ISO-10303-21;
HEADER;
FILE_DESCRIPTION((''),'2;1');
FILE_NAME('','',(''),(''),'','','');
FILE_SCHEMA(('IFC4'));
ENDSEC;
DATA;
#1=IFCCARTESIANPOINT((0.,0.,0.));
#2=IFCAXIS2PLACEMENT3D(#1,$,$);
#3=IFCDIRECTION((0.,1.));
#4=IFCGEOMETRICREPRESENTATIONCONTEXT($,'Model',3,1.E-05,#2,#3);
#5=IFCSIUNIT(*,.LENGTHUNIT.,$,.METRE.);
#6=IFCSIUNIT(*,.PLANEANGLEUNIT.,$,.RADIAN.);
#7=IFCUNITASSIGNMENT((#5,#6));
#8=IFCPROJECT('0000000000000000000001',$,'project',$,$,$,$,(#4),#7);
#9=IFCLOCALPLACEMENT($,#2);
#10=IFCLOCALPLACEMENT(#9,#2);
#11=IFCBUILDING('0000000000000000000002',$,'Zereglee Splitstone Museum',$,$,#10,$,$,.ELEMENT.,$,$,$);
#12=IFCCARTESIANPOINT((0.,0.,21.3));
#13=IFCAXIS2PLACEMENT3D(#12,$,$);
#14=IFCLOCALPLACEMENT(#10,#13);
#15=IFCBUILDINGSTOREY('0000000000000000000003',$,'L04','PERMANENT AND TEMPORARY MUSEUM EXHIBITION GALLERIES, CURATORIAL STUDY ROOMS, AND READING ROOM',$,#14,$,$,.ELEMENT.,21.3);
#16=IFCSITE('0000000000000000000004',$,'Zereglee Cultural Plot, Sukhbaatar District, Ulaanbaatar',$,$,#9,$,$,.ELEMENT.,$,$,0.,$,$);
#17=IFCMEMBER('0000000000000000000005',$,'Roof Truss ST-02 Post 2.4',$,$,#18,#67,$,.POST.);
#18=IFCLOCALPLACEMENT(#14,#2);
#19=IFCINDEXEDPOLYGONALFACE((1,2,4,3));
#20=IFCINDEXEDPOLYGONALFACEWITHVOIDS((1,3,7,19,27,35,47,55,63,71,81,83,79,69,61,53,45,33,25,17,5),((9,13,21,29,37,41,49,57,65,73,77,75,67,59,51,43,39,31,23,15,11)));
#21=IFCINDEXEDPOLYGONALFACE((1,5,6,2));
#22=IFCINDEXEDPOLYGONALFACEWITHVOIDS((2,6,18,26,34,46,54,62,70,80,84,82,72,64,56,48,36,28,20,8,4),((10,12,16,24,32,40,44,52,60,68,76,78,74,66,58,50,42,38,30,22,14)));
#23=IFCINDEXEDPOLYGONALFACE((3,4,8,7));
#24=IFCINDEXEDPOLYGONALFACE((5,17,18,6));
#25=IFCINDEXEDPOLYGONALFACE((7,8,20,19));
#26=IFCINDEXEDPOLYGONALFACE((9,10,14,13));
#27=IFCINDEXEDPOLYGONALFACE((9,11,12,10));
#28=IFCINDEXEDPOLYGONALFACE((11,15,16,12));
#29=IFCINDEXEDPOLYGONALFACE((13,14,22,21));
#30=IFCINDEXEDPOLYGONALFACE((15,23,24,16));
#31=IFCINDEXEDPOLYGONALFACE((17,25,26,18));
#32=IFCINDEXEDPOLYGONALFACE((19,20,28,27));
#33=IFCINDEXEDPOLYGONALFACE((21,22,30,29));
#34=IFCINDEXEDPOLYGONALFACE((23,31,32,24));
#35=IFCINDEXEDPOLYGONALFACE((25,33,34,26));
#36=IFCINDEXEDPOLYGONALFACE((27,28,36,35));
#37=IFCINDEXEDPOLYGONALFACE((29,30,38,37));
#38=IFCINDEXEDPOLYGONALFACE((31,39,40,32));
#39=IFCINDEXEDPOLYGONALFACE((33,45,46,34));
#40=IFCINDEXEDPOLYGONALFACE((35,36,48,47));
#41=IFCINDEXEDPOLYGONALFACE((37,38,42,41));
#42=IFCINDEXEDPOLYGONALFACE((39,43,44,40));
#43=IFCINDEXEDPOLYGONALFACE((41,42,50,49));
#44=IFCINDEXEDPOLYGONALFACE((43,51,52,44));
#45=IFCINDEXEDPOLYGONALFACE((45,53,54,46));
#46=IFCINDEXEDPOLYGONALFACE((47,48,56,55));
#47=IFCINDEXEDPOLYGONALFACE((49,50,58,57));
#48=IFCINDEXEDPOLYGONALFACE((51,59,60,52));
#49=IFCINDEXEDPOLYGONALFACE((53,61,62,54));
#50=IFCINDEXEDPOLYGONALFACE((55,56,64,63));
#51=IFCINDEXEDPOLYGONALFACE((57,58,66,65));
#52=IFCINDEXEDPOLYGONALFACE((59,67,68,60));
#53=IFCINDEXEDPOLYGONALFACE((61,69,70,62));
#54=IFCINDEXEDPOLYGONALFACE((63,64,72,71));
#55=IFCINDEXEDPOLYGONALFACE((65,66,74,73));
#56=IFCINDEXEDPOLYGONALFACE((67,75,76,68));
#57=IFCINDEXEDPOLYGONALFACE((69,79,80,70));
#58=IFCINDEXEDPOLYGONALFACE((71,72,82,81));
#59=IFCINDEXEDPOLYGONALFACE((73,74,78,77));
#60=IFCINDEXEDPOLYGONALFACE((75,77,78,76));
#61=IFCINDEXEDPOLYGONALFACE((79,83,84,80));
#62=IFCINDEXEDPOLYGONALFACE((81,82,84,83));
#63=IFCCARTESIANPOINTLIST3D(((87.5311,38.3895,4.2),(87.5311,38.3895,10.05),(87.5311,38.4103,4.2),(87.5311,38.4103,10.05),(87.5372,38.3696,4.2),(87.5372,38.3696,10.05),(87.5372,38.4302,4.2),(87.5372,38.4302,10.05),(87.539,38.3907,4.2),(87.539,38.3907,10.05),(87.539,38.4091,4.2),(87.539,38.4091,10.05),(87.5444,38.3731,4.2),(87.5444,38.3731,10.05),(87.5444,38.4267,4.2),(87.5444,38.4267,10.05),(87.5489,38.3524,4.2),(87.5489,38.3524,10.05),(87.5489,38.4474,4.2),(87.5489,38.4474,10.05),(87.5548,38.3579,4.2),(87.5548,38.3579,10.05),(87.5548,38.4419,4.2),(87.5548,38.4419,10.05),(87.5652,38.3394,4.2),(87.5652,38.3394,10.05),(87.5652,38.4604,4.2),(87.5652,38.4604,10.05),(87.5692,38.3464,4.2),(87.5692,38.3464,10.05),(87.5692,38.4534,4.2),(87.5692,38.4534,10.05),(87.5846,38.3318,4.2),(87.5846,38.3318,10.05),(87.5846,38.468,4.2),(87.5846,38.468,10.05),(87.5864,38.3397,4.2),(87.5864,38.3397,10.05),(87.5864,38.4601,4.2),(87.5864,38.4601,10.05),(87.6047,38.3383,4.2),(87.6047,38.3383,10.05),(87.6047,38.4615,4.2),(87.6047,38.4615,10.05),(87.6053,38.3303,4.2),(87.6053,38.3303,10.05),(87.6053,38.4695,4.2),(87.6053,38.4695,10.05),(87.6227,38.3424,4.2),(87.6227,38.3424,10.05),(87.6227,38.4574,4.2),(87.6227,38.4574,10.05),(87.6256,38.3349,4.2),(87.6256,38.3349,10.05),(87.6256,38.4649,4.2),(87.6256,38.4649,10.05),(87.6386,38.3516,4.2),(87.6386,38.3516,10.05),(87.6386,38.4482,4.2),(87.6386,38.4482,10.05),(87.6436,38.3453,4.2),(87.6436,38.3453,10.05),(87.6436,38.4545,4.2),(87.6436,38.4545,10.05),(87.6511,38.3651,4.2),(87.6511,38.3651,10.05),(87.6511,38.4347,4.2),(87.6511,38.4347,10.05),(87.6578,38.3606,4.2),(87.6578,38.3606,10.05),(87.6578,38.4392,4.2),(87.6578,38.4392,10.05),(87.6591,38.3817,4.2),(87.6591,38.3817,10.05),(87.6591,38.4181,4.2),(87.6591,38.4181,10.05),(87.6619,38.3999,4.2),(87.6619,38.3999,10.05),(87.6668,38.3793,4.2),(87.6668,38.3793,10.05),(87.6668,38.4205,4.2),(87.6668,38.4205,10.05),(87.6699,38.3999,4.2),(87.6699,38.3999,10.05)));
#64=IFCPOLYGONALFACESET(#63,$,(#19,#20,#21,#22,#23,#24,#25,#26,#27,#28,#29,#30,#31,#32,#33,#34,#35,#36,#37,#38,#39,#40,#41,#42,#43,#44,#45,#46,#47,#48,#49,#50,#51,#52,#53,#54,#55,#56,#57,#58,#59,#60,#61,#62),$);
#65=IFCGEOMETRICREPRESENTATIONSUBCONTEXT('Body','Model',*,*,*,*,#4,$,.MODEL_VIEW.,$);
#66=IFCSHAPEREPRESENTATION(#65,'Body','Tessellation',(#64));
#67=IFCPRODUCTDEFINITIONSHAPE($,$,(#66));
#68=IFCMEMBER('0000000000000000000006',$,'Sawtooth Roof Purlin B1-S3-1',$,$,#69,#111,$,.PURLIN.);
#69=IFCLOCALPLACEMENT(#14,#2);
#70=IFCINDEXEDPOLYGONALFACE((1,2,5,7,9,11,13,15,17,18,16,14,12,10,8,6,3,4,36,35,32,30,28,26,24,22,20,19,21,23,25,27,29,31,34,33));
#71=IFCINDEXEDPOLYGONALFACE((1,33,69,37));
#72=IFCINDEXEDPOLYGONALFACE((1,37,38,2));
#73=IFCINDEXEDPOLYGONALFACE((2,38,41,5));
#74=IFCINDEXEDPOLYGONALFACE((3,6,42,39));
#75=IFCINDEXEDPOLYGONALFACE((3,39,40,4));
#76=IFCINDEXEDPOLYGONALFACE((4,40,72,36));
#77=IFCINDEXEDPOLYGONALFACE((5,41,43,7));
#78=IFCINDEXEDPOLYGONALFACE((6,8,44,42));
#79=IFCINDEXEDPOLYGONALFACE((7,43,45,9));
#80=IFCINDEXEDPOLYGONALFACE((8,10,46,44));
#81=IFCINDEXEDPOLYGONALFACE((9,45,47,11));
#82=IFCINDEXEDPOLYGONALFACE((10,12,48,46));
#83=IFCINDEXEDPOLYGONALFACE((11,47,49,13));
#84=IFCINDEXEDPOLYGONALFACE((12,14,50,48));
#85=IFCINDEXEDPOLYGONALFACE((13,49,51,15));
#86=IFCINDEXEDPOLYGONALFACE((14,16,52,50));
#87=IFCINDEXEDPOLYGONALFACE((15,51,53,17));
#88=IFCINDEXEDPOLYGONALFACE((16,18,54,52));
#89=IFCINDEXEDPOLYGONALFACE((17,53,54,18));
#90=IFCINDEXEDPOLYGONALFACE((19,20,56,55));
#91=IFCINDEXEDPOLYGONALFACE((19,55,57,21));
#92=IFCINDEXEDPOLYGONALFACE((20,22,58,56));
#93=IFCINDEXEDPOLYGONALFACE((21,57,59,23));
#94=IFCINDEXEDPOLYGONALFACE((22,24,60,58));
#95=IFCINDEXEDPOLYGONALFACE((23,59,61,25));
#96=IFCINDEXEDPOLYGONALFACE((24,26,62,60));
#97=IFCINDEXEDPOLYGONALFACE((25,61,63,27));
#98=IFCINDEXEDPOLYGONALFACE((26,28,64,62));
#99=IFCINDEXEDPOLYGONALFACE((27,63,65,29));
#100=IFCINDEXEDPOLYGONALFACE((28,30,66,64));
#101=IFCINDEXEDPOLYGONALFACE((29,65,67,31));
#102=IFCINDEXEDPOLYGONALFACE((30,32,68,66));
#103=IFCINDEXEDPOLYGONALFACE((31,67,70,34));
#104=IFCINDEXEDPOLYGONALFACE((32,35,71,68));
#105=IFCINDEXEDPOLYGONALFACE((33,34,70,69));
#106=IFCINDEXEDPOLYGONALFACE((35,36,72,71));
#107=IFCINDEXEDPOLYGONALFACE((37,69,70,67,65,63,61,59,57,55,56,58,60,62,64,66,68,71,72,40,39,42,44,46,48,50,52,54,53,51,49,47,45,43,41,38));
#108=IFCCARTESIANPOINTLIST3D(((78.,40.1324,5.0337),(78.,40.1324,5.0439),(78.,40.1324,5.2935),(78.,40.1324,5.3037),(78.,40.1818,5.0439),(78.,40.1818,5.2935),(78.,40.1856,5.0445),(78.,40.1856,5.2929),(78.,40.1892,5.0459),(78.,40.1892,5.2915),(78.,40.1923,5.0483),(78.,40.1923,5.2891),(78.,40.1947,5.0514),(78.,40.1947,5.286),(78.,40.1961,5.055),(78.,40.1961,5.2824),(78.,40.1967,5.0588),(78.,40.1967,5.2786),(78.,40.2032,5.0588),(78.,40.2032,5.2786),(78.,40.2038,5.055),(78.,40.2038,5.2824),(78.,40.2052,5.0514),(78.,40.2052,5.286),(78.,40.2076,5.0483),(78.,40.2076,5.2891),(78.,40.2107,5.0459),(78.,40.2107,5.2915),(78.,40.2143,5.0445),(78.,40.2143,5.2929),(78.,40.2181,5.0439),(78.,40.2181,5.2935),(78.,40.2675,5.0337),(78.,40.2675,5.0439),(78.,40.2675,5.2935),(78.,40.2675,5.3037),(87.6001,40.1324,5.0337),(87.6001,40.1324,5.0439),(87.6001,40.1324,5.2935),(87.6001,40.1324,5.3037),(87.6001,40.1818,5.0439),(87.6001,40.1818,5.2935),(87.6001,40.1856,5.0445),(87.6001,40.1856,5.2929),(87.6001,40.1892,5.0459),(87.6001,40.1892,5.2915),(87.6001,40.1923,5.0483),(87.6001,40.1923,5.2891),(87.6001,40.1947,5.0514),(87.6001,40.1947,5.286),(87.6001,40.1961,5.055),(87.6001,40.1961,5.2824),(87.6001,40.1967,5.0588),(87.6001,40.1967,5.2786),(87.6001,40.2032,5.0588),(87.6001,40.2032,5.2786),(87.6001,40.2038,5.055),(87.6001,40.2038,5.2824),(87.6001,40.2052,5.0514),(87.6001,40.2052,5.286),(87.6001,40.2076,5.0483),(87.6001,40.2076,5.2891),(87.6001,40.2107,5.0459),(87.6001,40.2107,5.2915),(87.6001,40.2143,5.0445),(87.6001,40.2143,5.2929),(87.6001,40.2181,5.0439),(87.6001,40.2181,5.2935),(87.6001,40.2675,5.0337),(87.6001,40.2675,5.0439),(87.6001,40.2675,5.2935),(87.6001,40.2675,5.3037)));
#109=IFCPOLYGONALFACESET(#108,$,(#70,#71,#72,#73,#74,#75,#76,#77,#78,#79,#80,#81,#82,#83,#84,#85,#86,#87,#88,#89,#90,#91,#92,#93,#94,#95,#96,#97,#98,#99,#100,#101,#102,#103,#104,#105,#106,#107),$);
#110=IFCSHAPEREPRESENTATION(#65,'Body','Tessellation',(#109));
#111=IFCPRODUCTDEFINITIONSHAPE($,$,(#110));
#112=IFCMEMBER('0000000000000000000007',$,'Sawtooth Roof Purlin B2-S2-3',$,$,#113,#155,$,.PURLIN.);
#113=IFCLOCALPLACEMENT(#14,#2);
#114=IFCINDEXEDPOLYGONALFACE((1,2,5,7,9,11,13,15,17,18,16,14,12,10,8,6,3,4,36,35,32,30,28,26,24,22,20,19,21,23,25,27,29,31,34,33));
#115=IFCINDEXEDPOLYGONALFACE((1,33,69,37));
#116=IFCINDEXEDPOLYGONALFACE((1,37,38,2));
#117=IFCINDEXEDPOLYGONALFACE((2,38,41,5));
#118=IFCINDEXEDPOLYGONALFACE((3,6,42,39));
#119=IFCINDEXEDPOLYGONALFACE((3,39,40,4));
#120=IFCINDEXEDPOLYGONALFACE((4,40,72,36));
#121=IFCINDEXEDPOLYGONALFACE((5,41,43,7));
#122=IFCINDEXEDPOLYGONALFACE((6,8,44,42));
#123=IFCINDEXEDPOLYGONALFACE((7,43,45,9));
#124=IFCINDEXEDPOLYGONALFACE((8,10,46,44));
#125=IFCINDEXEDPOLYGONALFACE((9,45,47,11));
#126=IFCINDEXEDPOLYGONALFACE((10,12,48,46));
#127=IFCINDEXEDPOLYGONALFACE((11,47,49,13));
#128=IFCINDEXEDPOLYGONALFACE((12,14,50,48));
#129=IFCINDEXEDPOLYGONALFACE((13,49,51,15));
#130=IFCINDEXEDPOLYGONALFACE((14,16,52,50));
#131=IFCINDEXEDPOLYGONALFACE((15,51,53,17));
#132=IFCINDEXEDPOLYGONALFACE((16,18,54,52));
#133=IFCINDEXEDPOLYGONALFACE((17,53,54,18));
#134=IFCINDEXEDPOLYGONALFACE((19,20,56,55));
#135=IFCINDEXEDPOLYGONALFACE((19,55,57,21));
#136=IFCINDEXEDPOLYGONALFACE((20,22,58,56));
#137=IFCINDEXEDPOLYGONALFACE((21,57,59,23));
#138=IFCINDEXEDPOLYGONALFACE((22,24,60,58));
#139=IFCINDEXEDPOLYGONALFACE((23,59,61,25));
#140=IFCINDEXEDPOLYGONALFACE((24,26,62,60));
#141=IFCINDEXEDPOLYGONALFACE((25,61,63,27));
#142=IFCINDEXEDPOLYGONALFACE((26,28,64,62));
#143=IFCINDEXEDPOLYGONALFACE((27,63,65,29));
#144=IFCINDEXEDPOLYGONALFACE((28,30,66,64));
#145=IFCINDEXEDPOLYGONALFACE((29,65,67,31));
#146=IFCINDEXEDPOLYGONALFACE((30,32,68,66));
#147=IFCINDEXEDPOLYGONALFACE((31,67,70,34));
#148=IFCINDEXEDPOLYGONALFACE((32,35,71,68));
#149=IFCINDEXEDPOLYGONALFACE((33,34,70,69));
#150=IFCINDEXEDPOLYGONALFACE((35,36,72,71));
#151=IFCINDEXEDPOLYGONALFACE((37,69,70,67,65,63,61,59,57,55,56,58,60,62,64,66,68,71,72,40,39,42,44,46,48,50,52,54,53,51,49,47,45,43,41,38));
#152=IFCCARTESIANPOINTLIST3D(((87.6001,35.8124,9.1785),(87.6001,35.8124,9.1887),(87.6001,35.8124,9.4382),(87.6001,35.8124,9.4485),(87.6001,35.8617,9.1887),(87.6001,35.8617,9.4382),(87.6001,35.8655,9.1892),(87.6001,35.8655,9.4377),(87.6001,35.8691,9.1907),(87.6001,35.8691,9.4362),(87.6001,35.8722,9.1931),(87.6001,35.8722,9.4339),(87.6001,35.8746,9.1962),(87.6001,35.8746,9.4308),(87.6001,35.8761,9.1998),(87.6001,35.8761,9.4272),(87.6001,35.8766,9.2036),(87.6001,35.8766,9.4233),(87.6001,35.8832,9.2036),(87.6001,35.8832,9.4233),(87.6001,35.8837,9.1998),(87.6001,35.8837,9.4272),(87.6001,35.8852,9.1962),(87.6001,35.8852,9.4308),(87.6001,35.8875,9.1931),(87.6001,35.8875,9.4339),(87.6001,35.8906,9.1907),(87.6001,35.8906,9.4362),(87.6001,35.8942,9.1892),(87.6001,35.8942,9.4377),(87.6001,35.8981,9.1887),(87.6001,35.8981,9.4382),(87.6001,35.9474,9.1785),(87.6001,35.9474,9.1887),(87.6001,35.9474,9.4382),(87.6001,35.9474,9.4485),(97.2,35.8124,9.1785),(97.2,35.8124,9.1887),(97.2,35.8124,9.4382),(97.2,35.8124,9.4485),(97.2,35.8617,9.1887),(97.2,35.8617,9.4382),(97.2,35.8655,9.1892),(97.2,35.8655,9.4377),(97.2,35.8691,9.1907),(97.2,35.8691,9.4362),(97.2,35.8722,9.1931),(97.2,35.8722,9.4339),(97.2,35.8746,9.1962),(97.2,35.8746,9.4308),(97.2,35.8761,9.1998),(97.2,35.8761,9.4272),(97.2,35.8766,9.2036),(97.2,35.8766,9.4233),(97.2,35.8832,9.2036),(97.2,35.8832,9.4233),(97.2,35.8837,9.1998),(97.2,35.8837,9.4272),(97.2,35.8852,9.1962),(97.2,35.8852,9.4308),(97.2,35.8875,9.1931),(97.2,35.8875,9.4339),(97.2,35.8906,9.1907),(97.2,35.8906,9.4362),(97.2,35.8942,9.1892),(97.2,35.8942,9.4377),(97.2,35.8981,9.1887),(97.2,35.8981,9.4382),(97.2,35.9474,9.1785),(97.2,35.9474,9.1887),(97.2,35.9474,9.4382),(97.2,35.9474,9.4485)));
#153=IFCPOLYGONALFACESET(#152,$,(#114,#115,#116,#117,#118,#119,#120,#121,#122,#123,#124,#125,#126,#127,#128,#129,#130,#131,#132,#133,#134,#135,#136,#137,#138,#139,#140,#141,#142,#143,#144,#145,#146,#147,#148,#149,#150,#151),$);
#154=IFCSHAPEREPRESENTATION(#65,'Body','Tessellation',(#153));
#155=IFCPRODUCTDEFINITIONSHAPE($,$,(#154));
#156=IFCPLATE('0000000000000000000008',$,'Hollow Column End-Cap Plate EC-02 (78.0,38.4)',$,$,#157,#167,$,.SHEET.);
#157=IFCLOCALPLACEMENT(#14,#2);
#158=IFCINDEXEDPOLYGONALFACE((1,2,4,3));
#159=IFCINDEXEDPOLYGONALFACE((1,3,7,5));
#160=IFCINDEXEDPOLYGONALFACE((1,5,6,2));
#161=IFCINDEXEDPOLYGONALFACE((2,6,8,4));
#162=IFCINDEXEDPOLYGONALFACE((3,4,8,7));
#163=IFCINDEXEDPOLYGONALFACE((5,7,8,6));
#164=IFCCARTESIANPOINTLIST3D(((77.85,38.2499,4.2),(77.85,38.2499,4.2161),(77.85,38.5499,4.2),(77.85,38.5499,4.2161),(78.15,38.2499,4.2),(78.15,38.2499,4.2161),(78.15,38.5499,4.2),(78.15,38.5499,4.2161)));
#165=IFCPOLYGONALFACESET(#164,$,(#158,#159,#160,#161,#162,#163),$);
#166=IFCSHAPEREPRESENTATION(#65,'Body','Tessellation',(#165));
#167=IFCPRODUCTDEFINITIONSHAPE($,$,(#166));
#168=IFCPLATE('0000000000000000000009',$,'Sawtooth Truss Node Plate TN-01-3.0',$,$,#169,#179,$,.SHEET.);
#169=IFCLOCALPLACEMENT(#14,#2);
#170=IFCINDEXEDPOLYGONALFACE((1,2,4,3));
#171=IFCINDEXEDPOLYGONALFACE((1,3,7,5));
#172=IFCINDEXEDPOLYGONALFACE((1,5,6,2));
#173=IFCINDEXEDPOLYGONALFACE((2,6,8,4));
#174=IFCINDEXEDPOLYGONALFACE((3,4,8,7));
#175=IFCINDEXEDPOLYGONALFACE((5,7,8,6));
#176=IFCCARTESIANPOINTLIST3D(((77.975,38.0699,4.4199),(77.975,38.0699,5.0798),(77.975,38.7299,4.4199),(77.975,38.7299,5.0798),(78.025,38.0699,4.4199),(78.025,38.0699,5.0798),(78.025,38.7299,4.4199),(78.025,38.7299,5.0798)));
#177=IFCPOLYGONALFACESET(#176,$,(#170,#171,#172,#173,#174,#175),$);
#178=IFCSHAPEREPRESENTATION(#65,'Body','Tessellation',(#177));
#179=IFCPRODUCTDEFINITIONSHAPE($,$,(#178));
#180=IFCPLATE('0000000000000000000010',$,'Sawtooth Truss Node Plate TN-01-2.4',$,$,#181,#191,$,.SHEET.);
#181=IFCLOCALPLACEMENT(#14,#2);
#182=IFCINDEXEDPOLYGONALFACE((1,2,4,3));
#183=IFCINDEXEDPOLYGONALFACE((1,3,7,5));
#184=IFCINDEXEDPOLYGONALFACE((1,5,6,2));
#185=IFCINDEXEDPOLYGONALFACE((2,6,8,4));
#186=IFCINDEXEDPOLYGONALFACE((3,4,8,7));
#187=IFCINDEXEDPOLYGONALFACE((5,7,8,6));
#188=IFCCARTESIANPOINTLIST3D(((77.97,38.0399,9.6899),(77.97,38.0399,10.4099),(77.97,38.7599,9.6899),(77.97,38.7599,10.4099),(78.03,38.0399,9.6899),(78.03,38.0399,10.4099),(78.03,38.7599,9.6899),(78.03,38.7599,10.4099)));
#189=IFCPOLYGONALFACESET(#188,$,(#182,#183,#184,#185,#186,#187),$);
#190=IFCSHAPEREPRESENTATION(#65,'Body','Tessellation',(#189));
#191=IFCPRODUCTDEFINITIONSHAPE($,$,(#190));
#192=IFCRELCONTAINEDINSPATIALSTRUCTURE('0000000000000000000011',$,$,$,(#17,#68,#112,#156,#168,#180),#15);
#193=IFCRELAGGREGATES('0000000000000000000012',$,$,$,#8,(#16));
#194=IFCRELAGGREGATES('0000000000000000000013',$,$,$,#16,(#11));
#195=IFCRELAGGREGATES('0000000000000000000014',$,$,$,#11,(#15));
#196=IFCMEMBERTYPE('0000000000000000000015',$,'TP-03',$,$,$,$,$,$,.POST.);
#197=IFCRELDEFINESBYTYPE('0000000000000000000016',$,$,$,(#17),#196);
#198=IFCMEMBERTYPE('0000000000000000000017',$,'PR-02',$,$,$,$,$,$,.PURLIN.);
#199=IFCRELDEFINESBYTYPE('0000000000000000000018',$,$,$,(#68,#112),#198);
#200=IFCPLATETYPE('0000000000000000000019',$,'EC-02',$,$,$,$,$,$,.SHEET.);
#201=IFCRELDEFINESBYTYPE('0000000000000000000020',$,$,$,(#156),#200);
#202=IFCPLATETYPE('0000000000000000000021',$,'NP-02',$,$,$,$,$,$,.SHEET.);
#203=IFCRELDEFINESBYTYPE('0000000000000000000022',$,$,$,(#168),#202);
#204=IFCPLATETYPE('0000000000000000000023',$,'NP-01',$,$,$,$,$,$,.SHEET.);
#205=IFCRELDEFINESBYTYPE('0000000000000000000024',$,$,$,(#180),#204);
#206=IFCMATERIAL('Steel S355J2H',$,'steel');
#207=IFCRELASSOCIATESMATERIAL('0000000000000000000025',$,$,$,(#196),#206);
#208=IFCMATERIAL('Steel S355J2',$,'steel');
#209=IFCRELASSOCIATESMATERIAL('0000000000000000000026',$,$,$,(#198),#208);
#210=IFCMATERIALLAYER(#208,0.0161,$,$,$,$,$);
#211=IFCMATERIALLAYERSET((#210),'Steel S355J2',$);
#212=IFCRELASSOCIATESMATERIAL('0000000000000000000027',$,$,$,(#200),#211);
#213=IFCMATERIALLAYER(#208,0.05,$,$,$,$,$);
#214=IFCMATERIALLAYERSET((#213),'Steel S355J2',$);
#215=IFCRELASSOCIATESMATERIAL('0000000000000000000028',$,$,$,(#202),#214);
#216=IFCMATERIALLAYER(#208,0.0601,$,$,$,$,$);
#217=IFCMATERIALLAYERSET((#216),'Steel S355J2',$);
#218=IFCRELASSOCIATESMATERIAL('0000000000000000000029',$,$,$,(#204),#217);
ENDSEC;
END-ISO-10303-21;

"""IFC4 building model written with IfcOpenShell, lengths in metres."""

from ifc_helpers import new_model, si_unit, direction, frame, origin, origin_2d, place, context, subcontext, project, spatial, rectangle, hollow_circle, i_section, extrude, material, layer, layer_set, material_profile, profile_set, type_object, element, save


model = new_model("IFC4")

# Units and contexts
model_context = context("Model", 3, precision=1e-05, world=origin(), true_north=direction((0.0, 1.0)))
body_context = subcontext(model_context, "Body", "Model", "MODEL_VIEW")
ifc_project = project(units=[si_unit("LENGTHUNIT", "METRE"), si_unit("PLANEANGLEUNIT", "RADIAN")], contexts=[model_context])

# Site, building, storey
site_placement = place(None, origin())
site = spatial("IfcSite", under=ifc_project, at=site_placement, Name="Zereglee Cultural Plot, Sukhbaatar District, Ulaanbaatar", CompositionType="ELEMENT", RefElevation=0.0)
building_placement = place(site_placement, origin())
building = spatial("IfcBuilding", under=site, at=building_placement, Name="Zereglee Splitstone Museum", CompositionType="ELEMENT")
storey_placement = place(building_placement, frame((0.0, 0.0, 21.3)))
storey = spatial("IfcBuildingStorey", under=building, at=storey_placement, Name="L04", Description="PERMANENT AND TEMPORARY MUSEUM EXHIBITION GALLERIES, CURATORIAL STUDY ROOMS, AND READING ROOM", CompositionType="ELEMENT", Elevation=21.3)

# Shared definitions
ifc_material_1 = material(Name="Steel S355J2", Category="steel")

# Shared definitions
ifc_material_2 = material(Name="Steel S355J2H", Category="steel")

# Members
ifc_material_profile_1 = material_profile(ifc_material_2, hollow_circle(Radius=0.0698, WallThickness=0.0081, at=origin_2d()), Name="CHS 139.7x8")
ifc_profile_set_1 = profile_set([ifc_material_profile_1], Name="Steel S355J2H")
member_type_1 = type_object("IfcMemberType", Name="TP-03", PredefinedType="POST", material=ifc_profile_set_1)
member_1_placement = place(storey_placement, frame((87.6001, 38.3999, 4.2), z_axis=(0.0, 0.0, 1.0), x_axis=(1.0, 0.0, 0.0)))
element("IfcMember", 1, at=member_1_placement, inside=storey, type_object=member_type_1, Name="Roof Truss ST-02 Post 2.4", PredefinedType="POST", context=body_context, shape_type="SweptSolid", body=[
    extrude(hollow_circle(Radius=0.0698, WallThickness=0.0081, at=origin_2d()), origin(), (0.0, 0.0, 1.0), 5.8501),
])
ifc_material_profile_2 = material_profile(ifc_material_1, i_section(OverallWidth=0.135, OverallDepth=0.27, WebThickness=0.0066, FlangeThickness=0.0103, FilletRadius=0.0149, at=origin_2d()), Name="IPE 270")
ifc_profile_set_2 = profile_set([ifc_material_profile_2], Name="Steel S355J2")
member_type_2 = type_object("IfcMemberType", Name="PR-02", PredefinedType="PURLIN", material=ifc_profile_set_2)
member_2_placement = place(storey_placement, frame((78.0, 40.2, 5.1687), z_axis=(1.0, 0.0, 0.0), x_axis=(0.0, 1.0, 0.0)))
element("IfcMember", 2, at=member_2_placement, inside=storey, type_object=member_type_2, Name="Sawtooth Roof Purlin B1-S3-1", PredefinedType="PURLIN", context=body_context, shape_type="SweptSolid", body=[
    extrude(i_section(OverallWidth=0.135, OverallDepth=0.27, WebThickness=0.0066, FlangeThickness=0.0103, FilletRadius=0.0149, at=origin_2d()), origin(), (0.0, 0.0, 1.0), 9.6001),
])
member_3_placement = place(storey_placement, frame((87.6001, 35.8799, 9.3135), z_axis=(1.0, 0.0, 0.0), x_axis=(0.0, 1.0, 0.0)))
element("IfcMember", 3, at=member_3_placement, inside=storey, type_object=member_type_2, Name="Sawtooth Roof Purlin B2-S2-3", PredefinedType="PURLIN", context=body_context, shape_type="SweptSolid", body=[
    extrude(i_section(OverallWidth=0.135, OverallDepth=0.27, WebThickness=0.0066, FlangeThickness=0.0103, FilletRadius=0.0149, at=origin_2d()), origin(), (0.0, 0.0, 1.0), 9.5999),
])

# Plates
ifc_layer_1 = layer(ifc_material_1, 0.0161)
ifc_layer_set_1 = layer_set([ifc_layer_1], Name="Steel S355J2")
plate_type_1 = type_object("IfcPlateType", Name="EC-02", PredefinedType="SHEET", material=ifc_layer_set_1)
plate_1_placement = place(storey_placement, frame((78.0, 38.3999, 4.2), z_axis=(0.0, 0.0, 1.0), x_axis=(1.0, 0.0, 0.0)))
element("IfcPlate", 4, at=plate_1_placement, inside=storey, type_object=plate_type_1, Name="Hollow Column End-Cap Plate EC-02 (78.0,38.4)", PredefinedType="SHEET", context=body_context, shape_type="SweptSolid", body=[
    extrude(rectangle(XDim=0.3, YDim=0.3, at=origin_2d()), origin(), (0.0, 0.0, 1.0), 0.0161),
])
ifc_layer_2 = layer(ifc_material_1, 0.05)
ifc_layer_set_2 = layer_set([ifc_layer_2], Name="Steel S355J2")
plate_type_2 = type_object("IfcPlateType", Name="NP-02", PredefinedType="SHEET", material=ifc_layer_set_2)
plate_2_placement = place(storey_placement, frame((78.0, 38.3999, 4.4199), z_axis=(0.0, 0.0, 1.0), x_axis=(1.0, 0.0, 0.0)))
element("IfcPlate", 5, at=plate_2_placement, inside=storey, type_object=plate_type_2, Name="Sawtooth Truss Node Plate TN-01-3.0", PredefinedType="SHEET", context=body_context, shape_type="SweptSolid", body=[
    extrude(rectangle(XDim=0.05, YDim=0.6599, at=origin_2d()), origin(), (0.0, 0.0, 1.0), 0.6599),
])
ifc_layer_3 = layer(ifc_material_1, 0.0601)
ifc_layer_set_3 = layer_set([ifc_layer_3], Name="Steel S355J2")
plate_type_3 = type_object("IfcPlateType", Name="NP-01", PredefinedType="SHEET", material=ifc_layer_set_3)
plate_3_placement = place(storey_placement, frame((78.0, 38.3999, 9.6899), z_axis=(0.0, 0.0, 1.0), x_axis=(1.0, 0.0, 0.0)))
element("IfcPlate", 6, at=plate_3_placement, inside=storey, type_object=plate_type_3, Name="Sawtooth Truss Node Plate TN-01-2.4", PredefinedType="SHEET", context=body_context, shape_type="SweptSolid", body=[
    extrude(rectangle(XDim=0.0601, YDim=0.72, at=origin_2d()), origin(), (0.0, 0.0, 1.0), 0.72),
])

save(model, "model.ifc")
